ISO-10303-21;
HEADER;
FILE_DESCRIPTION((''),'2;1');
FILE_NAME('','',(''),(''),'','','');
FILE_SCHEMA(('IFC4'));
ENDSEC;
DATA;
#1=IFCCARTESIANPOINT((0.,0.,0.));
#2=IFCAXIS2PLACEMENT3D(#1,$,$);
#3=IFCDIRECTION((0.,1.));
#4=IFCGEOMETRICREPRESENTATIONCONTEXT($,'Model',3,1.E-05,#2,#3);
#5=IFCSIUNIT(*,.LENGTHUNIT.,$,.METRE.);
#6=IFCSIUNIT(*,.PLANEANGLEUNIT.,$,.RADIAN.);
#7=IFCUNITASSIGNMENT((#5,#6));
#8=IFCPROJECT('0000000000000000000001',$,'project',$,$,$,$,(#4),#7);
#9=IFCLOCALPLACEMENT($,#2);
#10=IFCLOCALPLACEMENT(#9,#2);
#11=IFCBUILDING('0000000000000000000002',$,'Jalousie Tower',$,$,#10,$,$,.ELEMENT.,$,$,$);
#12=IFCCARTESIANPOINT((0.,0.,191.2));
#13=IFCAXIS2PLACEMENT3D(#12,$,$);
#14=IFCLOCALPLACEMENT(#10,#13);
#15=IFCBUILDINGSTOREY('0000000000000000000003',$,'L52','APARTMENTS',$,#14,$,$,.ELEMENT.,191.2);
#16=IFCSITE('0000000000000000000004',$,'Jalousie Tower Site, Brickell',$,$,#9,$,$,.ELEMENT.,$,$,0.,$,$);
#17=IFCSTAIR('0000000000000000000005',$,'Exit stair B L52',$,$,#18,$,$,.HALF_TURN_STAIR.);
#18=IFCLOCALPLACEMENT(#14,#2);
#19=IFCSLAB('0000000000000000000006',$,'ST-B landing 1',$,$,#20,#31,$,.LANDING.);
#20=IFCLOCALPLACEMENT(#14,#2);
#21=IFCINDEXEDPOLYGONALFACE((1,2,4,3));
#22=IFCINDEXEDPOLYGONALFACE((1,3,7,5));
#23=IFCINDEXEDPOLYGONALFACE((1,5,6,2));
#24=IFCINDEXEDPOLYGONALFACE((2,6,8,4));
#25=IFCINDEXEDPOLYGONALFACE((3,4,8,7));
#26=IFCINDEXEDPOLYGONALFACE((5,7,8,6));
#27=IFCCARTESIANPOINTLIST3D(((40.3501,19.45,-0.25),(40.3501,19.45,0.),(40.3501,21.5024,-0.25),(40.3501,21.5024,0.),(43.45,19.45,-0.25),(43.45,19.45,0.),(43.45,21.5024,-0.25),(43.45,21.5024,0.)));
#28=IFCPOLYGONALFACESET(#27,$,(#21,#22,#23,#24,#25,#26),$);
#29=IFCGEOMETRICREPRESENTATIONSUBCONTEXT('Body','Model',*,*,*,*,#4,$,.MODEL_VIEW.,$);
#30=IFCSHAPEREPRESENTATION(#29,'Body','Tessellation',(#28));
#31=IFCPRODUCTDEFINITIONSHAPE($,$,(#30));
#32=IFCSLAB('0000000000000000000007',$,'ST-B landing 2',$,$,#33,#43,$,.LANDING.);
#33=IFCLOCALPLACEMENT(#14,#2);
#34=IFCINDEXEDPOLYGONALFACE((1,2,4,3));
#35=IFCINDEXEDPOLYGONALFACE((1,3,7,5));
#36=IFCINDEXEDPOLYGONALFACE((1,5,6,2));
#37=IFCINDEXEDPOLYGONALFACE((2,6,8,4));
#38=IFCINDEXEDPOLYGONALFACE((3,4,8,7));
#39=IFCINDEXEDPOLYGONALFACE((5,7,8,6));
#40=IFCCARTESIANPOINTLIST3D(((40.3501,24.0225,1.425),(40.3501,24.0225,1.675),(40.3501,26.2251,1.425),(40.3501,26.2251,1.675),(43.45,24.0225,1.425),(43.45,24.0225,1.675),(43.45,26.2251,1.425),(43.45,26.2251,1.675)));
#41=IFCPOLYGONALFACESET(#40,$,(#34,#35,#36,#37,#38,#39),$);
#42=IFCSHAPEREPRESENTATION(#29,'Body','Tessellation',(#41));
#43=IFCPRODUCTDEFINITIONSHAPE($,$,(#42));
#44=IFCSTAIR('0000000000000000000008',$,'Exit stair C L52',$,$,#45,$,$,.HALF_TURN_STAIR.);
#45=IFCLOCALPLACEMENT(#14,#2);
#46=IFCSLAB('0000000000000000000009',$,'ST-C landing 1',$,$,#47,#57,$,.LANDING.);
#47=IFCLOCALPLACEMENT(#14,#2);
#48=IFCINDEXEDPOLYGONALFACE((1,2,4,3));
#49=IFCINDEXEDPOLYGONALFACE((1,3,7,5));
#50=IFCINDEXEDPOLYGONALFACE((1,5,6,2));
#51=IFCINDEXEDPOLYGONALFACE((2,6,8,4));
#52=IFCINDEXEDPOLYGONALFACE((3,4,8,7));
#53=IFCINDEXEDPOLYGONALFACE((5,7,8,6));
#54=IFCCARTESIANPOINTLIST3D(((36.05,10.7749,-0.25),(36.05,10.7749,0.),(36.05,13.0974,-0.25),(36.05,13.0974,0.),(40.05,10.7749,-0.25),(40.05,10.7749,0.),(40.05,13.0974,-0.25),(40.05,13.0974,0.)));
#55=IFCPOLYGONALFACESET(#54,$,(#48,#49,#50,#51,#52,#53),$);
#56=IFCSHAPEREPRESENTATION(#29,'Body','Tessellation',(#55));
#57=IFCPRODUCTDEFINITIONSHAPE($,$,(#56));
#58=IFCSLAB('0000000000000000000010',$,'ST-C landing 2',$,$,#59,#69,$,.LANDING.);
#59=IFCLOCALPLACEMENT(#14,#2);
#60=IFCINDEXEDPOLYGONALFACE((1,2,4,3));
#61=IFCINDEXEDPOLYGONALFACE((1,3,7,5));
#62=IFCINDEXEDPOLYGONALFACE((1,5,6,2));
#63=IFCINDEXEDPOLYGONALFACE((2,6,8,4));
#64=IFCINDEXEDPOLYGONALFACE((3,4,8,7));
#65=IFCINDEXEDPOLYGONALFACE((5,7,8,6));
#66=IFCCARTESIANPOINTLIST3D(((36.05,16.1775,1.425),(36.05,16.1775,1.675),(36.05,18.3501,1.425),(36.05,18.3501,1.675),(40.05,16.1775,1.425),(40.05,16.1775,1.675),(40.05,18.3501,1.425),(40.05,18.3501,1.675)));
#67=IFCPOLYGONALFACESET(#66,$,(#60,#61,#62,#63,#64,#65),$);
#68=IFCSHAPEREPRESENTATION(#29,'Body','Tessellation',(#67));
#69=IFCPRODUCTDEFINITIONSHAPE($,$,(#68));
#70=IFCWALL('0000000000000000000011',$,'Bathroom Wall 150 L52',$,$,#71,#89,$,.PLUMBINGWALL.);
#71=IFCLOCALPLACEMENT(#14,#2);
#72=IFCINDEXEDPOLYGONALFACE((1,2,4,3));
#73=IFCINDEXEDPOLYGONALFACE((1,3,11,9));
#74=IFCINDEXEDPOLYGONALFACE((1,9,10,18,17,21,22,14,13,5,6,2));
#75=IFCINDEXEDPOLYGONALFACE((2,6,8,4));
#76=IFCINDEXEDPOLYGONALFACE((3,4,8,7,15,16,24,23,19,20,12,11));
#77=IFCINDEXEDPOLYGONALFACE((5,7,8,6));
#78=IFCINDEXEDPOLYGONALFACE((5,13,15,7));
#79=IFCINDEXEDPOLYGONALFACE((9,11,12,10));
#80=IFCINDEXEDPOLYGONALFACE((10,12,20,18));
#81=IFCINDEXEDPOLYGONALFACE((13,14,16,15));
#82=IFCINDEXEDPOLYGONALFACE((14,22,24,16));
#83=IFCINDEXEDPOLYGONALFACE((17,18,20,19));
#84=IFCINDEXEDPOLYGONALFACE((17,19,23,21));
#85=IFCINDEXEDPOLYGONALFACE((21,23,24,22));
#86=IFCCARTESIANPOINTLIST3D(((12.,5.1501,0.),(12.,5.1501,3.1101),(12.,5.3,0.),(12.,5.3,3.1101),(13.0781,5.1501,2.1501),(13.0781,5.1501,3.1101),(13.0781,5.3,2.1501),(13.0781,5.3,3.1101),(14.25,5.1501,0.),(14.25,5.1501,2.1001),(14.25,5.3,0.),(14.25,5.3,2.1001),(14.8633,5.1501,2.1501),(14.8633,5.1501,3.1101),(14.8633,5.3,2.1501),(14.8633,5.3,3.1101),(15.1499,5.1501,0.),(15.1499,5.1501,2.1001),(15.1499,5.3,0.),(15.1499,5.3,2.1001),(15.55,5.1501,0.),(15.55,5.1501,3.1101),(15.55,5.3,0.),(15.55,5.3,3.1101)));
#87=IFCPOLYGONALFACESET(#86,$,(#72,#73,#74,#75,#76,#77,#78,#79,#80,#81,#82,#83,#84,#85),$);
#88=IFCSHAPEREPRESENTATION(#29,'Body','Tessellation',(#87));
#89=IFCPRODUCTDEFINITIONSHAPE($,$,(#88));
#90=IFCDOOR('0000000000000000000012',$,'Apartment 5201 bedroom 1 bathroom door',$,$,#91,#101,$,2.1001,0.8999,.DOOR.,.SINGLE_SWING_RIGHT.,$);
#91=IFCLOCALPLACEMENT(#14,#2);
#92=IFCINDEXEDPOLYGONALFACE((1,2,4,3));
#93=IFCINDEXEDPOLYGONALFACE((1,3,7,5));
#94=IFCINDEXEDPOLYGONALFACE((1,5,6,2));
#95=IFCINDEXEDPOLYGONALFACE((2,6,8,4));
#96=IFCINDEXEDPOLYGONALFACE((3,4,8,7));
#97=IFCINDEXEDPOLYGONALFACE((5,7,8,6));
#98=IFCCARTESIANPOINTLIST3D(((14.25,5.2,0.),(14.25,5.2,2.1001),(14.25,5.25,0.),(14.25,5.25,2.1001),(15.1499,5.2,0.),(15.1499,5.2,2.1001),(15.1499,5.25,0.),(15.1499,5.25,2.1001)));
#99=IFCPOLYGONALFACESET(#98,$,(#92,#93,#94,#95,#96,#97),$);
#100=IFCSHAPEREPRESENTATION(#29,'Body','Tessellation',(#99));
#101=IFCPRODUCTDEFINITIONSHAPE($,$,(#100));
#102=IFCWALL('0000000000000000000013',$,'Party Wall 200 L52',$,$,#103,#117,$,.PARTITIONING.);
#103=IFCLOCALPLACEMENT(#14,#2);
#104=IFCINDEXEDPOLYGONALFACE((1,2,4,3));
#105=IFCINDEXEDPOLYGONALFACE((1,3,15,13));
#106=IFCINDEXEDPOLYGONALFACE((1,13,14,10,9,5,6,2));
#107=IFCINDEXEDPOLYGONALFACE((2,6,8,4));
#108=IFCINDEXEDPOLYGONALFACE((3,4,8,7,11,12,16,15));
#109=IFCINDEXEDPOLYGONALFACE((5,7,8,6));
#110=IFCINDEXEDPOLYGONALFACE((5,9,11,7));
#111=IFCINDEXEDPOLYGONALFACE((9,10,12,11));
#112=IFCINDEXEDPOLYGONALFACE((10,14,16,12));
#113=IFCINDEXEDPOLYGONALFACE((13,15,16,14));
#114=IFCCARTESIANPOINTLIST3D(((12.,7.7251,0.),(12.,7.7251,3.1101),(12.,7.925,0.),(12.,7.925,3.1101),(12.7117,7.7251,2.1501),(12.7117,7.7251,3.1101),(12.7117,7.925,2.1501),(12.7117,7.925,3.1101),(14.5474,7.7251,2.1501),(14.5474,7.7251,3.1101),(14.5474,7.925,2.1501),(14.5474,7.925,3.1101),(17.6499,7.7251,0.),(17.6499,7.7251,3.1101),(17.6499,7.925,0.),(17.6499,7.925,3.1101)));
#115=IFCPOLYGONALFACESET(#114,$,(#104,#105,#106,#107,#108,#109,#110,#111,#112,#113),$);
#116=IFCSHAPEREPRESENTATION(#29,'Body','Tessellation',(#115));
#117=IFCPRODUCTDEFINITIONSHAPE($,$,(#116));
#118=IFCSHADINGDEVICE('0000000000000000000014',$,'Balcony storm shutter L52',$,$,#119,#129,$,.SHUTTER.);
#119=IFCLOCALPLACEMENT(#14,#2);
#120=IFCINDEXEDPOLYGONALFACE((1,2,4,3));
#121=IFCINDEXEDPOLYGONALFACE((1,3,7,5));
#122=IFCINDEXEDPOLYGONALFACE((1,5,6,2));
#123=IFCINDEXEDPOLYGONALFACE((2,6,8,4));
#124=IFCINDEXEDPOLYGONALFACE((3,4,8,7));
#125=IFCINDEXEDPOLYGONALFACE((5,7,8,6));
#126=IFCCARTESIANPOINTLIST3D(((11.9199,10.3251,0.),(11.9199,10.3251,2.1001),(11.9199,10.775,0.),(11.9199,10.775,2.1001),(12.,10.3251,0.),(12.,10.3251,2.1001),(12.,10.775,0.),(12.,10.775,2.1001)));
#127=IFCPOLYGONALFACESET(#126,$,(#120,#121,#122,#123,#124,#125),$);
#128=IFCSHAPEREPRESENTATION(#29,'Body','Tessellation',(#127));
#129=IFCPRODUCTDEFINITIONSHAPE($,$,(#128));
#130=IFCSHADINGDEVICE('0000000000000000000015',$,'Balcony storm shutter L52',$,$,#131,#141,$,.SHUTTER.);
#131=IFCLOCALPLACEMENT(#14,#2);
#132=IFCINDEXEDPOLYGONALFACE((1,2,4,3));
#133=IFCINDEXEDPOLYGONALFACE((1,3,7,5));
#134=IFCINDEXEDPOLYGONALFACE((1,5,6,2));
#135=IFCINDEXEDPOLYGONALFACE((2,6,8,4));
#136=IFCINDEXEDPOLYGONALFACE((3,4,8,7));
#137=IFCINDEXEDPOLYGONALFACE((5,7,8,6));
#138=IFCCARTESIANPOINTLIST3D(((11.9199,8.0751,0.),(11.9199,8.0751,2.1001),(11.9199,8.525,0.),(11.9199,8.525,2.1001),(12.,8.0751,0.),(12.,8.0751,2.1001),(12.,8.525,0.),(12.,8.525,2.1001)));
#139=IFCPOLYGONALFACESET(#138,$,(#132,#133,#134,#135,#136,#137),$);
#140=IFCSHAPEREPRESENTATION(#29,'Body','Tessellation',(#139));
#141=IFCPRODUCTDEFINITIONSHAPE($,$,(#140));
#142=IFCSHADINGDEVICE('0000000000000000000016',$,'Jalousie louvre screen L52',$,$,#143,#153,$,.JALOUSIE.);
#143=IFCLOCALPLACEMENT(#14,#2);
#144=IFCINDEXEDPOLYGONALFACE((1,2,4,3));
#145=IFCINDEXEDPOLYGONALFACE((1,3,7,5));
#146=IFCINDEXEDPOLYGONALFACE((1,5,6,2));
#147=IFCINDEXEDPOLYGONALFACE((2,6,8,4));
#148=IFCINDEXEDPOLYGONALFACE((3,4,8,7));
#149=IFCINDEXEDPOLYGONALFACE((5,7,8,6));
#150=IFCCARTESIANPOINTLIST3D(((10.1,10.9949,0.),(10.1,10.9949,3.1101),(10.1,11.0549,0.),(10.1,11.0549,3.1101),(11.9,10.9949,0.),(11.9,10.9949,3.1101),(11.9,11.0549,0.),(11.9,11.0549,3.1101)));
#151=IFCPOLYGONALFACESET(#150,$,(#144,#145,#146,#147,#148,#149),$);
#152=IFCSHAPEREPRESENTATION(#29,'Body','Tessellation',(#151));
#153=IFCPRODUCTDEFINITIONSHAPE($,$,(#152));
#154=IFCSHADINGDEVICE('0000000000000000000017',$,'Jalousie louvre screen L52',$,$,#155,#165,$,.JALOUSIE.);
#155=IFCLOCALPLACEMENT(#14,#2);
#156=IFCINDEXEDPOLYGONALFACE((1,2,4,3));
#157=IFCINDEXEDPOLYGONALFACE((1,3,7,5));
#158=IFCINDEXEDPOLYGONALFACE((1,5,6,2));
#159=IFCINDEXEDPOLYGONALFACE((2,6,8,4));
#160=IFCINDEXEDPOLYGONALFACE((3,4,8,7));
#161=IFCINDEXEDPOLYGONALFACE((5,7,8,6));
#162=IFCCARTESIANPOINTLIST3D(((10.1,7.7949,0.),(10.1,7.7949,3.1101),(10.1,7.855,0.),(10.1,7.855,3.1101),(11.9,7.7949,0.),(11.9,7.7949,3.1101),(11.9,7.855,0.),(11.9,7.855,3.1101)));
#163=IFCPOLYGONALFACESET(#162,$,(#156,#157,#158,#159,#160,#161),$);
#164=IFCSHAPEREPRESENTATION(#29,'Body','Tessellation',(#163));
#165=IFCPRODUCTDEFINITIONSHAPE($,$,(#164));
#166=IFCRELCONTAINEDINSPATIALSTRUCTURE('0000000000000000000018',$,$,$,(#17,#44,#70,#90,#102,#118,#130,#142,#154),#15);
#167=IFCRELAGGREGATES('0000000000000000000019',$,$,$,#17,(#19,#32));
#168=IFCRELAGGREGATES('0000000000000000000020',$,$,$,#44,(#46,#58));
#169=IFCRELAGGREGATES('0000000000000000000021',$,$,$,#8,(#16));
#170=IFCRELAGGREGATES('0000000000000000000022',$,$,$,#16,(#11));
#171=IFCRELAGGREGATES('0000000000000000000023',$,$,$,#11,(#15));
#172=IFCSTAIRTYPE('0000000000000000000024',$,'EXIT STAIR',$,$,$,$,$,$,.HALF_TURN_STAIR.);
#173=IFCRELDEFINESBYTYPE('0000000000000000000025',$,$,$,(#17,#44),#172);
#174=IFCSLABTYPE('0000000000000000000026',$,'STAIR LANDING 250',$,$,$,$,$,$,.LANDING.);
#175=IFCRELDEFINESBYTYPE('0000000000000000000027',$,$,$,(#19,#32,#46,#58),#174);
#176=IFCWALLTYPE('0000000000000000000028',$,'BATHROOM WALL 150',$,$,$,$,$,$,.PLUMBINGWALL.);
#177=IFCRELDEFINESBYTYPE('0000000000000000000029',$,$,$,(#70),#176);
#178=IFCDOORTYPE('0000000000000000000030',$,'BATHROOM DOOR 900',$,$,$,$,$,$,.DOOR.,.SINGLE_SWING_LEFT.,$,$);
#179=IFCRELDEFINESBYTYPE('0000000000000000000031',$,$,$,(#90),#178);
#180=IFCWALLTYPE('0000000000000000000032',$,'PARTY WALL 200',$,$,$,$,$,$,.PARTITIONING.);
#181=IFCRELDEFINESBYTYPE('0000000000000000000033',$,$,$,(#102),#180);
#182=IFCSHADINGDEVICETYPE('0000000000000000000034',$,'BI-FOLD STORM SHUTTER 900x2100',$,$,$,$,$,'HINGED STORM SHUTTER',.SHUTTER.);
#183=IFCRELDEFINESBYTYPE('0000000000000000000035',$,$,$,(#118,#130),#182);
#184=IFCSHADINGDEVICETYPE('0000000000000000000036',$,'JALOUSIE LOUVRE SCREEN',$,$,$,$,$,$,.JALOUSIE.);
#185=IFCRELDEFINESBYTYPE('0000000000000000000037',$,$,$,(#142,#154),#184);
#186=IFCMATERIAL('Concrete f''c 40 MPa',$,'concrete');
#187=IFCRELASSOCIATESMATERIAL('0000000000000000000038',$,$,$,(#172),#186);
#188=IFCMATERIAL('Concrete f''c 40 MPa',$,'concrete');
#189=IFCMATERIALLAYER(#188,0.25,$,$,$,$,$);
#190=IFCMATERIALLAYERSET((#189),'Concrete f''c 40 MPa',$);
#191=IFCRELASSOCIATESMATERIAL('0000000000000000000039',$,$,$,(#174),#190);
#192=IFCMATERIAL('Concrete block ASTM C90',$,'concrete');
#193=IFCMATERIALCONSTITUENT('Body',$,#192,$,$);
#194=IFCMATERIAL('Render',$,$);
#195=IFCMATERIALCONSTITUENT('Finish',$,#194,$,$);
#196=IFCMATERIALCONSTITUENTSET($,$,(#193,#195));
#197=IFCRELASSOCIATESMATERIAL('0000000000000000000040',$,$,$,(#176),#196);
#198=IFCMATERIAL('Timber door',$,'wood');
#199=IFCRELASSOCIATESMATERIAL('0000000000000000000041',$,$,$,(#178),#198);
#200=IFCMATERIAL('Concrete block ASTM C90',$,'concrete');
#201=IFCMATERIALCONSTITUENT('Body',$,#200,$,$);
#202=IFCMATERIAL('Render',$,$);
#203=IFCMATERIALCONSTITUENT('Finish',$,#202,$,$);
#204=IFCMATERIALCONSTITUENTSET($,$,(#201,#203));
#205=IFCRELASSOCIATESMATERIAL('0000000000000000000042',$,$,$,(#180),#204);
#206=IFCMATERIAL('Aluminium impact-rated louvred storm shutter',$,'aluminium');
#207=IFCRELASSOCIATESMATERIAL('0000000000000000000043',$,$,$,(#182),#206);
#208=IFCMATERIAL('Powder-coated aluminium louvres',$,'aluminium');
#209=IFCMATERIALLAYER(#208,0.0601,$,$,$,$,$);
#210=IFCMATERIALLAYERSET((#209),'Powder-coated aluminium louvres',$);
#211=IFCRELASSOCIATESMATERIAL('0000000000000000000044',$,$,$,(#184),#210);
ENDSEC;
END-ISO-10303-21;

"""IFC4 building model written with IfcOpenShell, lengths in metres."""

from ifc_helpers import new_model, si_unit, direction, frame, frame_2d, origin, origin_2d, place, context, subcontext, project, spatial, polyline, rectangle, outline, extrude, material, layer, layer_set, constituent, constituent_set, type_object, element, fill, aggregate, save


model = new_model("IFC4")

# Units and contexts
model_context = context("Model", 3, precision=1e-05, world=origin(), true_north=direction((0.0, 1.0)))
body_context = subcontext(model_context, "Body", "Model", "MODEL_VIEW")
ifc_project = project(units=[si_unit("LENGTHUNIT", "METRE"), si_unit("PLANEANGLEUNIT", "RADIAN")], contexts=[model_context])

# Site, building, storey
site_placement = place(None, origin())
site = spatial("IfcSite", under=ifc_project, at=site_placement, Name="Jalousie Tower Site, Brickell", CompositionType="ELEMENT", RefElevation=0.0)
building_placement = place(site_placement, origin())
building = spatial("IfcBuilding", under=site, at=building_placement, Name="Jalousie Tower", CompositionType="ELEMENT")
storey_placement = place(building_placement, frame((0.0, 0.0, 191.2)))
storey = spatial("IfcBuildingStorey", under=building, at=storey_placement, Name="L52", Description="APARTMENTS", CompositionType="ELEMENT", Elevation=191.2)

# Stairs, slabs
ifc_material_1 = material(Name="Concrete f'c 40 MPa", Category="concrete")
stair_type = type_object("IfcStairType", Name="EXIT STAIR", PredefinedType="HALF_TURN_STAIR", material=ifc_material_1)
ifc_material_2 = material(Name="Concrete f'c 40 MPa", Category="concrete")
ifc_layer_1 = layer(ifc_material_2, 0.25)
ifc_layer_set_1 = layer_set([ifc_layer_1], Name="Concrete f'c 40 MPa")
slab_type_1 = type_object("IfcSlabType", Name="STAIR LANDING 250", PredefinedType="LANDING", material=ifc_layer_set_1)
stair_1_placement = place(storey_placement, origin())
stair_1 = element("IfcStair", 1, at=stair_1_placement, inside=storey, type_object=stair_type, Name="Exit stair B L52", PredefinedType="HALF_TURN_STAIR")
slab_1_placement = place(storey_placement, frame((0.0, 0.0, -0.25)))
slab_1 = element("IfcSlab", 2, at=slab_1_placement, type_object=slab_type_1, Name="ST-B landing 1", PredefinedType="LANDING", context=body_context, shape_type="SweptSolid", body=[
    extrude(outline(polyline([(40.3501, 19.45), (43.45, 19.45), (43.45, 21.5024), (40.3501, 21.5024), (40.3501, 19.45)])), origin(), (0.0, 0.0, 1.0), 0.25),
])
slab_2_placement = place(storey_placement, frame((0.0, 0.0, 1.425)))
slab_2 = element("IfcSlab", 3, at=slab_2_placement, type_object=slab_type_1, Name="ST-B landing 2", PredefinedType="LANDING", context=body_context, shape_type="SweptSolid", body=[
    extrude(outline(polyline([(40.3501, 24.0225), (43.45, 24.0225), (43.45, 26.2251), (40.3501, 26.2251), (40.3501, 24.0225)])), origin(), (0.0, 0.0, 1.0), 0.25),
])
aggregate(stair_1, [slab_1, slab_2])
stair_2_placement = place(storey_placement, origin())
stair_2 = element("IfcStair", 4, at=stair_2_placement, inside=storey, type_object=stair_type, Name="Exit stair C L52", PredefinedType="HALF_TURN_STAIR")
slab_3_placement = place(storey_placement, frame((0.0, 0.0, -0.25)))
slab_3 = element("IfcSlab", 5, at=slab_3_placement, type_object=slab_type_1, Name="ST-C landing 1", PredefinedType="LANDING", context=body_context, shape_type="SweptSolid", body=[
    extrude(outline(polyline([(36.05, 10.7749), (40.05, 10.7749), (40.05, 13.0974), (36.05, 13.0974), (36.05, 10.7749)])), origin(), (0.0, 0.0, 1.0), 0.25),
])
slab_4_placement = place(storey_placement, frame((0.0, 0.0, 1.425)))
slab_4 = element("IfcSlab", 6, at=slab_4_placement, type_object=slab_type_1, Name="ST-C landing 2", PredefinedType="LANDING", context=body_context, shape_type="SweptSolid", body=[
    extrude(outline(polyline([(36.05, 16.1775), (40.05, 16.1775), (40.05, 18.3501), (36.05, 18.3501), (36.05, 16.1775)])), origin(), (0.0, 0.0, 1.0), 0.25),
])
aggregate(stair_2, [slab_3, slab_4])

# Wall, opening, door
ifc_material_3 = material(Name="Concrete block ASTM C90", Category="concrete")
ifc_constituent_1 = constituent(ifc_material_3, Name="Body")
ifc_material_4 = material(Name="Render")
ifc_constituent_2 = constituent(ifc_material_4, Name="Finish")
ifc_constituent_set_1 = constituent_set(constituents=[ifc_constituent_1, ifc_constituent_2])
wall_type_1 = type_object("IfcWallType", Name="BATHROOM WALL 150", PredefinedType="PLUMBINGWALL", material=ifc_constituent_set_1)
wall_1_placement = place(storey_placement, frame((12.0, 5.2251, 0.0), z_axis=(0.0, 0.0, 1.0), x_axis=(1.0, 0.0, 0.0)))
wall_1 = element("IfcWall", 7, at=wall_1_placement, inside=storey, type_object=wall_type_1, Name="Bathroom Wall 150 L52", PredefinedType="PLUMBINGWALL", context=body_context, shape_type="SweptSolid", body=[
    extrude(outline(polyline([(0.0, 0.0), (3.55, 0.0), (3.55, 3.1101), (2.8633, 3.1101), (2.8633, 2.1501), (1.0781, 2.1501), (1.0781, 3.1101), (0.0, 3.1101), (0.0, 0.0)])), frame((0.0, 0.075, 0.0), z_axis=(0.0, -1.0, 0.0), x_axis=(1.0, 0.0, 0.0)), (0.0, 0.0, 1.0), 0.1499),
])
opening_placement = place(wall_1_placement, frame((2.25, 0.0, 0.0)))
opening = element("IfcOpeningElement", 8, at=opening_placement, cuts=wall_1, PredefinedType="OPENING", context=body_context, shape_type="SweptSolid", body=[
    extrude(rectangle(XDim=0.8999, YDim=2.1001, at=frame_2d((0.45, 1.05))), frame((0.0, 0.085, 0.0), z_axis=(0.0, -1.0, 0.0), x_axis=(1.0, 0.0, 0.0)), (0.0, 0.0, 1.0), 0.1699),
])
ifc_material_5 = material(Name="Timber door", Category="wood")
door_type = type_object("IfcDoorType", Name="BATHROOM DOOR 900", OperationType="SINGLE_SWING_LEFT", PredefinedType="DOOR", material=ifc_material_5)
door_placement = place(opening_placement, origin())
door = element("IfcDoor", 9, at=door_placement, inside=storey, type_object=door_type, Name="Apartment 5201 bedroom 1 bathroom door", OperationType="SINGLE_SWING_RIGHT", OverallHeight=2.1001, OverallWidth=0.8999, PredefinedType="DOOR", context=body_context, shape_type="SweptSolid", body=[
    extrude(rectangle(XDim=0.8999, YDim=2.1001, at=frame_2d((0.45, 1.05))), frame((0.0, 0.0249, 0.0), z_axis=(0.0, -1.0, 0.0), x_axis=(1.0, 0.0, 0.0)), (0.0, 0.0, 1.0), 0.05),
])
fill(opening, door)

# Wall
ifc_material_6 = material(Name="Concrete block ASTM C90", Category="concrete")
ifc_constituent_3 = constituent(ifc_material_6, Name="Body")
ifc_material_7 = material(Name="Render")
ifc_constituent_4 = constituent(ifc_material_7, Name="Finish")
ifc_constituent_set_2 = constituent_set(constituents=[ifc_constituent_3, ifc_constituent_4])
wall_type_2 = type_object("IfcWallType", Name="PARTY WALL 200", PredefinedType="PARTITIONING", material=ifc_constituent_set_2)
wall_2_placement = place(storey_placement, frame((12.0, 7.825, 0.0), z_axis=(0.0, 0.0, 1.0), x_axis=(1.0, 0.0, 0.0)))
element("IfcWall", 10, at=wall_2_placement, inside=storey, type_object=wall_type_2, Name="Party Wall 200 L52", PredefinedType="PARTITIONING", context=body_context, shape_type="SweptSolid", body=[
    extrude(outline(polyline([(0.0, 0.0), (5.6499, 0.0), (5.6499, 3.1101), (2.5474, 3.1101), (2.5474, 2.1501), (0.7117, 2.1501), (0.7117, 3.1101), (0.0, 3.1101), (0.0, 0.0)])), frame((0.0, 0.1001, 0.0), z_axis=(0.0, -1.0, 0.0), x_axis=(1.0, 0.0, 0.0)), (0.0, 0.0, 1.0), 0.2),
])

# Shading devices
ifc_material_8 = material(Name="Aluminium impact-rated louvred storm shutter", Category="aluminium")
shading_device_type_1 = type_object("IfcShadingDeviceType", Name="BI-FOLD STORM SHUTTER 900x2100", ElementType="HINGED STORM SHUTTER", PredefinedType="SHUTTER", material=ifc_material_8)
for number, where, z_axis, x_axis, name in (
    (11, (11.96, 10.55, 0.0), (0.0, 0.0, 1.0), (0.0, -1.0, 0.0), "Balcony storm shutter L52"),
    (12, (11.96, 8.3, 0.0), (0.0, 0.0, 1.0), (0.0, -1.0, 0.0), "Balcony storm shutter L52"),
):
    element("IfcShadingDevice", number, at=place(storey_placement, frame(where, z_axis=z_axis, x_axis=x_axis)), inside=storey, type_object=shading_device_type_1, Name=name, PredefinedType="SHUTTER", context=body_context, shape_type="SweptSolid", body=[
        extrude(rectangle(XDim=0.45, YDim=0.0801, at=origin_2d()), origin(), (0.0, 0.0, 1.0), 2.1001),
    ])

# Shading devices
ifc_material_9 = material(Name="Powder-coated aluminium louvres", Category="aluminium")
ifc_layer_2 = layer(ifc_material_9, 0.0601)
ifc_layer_set_2 = layer_set([ifc_layer_2], Name="Powder-coated aluminium louvres")
shading_device_type_2 = type_object("IfcShadingDeviceType", Name="JALOUSIE LOUVRE SCREEN", PredefinedType="JALOUSIE", material=ifc_layer_set_2)
for number, where, z_axis, x_axis, name in (
    (13, (11.0, 11.0249, 0.0), (0.0, 0.0, 1.0), (0.0, -1.0, 0.0), "Jalousie louvre screen L52"),
    (14, (11.0, 7.825, 0.0), (0.0, 0.0, 1.0), (0.0, -1.0, 0.0), "Jalousie louvre screen L52"),
):
    element("IfcShadingDevice", number, at=place(storey_placement, frame(where, z_axis=z_axis, x_axis=x_axis)), inside=storey, type_object=shading_device_type_2, Name=name, PredefinedType="JALOUSIE", context=body_context, shape_type="SweptSolid", body=[
        extrude(rectangle(XDim=0.0601, YDim=1.8, at=origin_2d()), origin(), (0.0, 0.0, 1.0), 3.1101),
    ])

save(model, "model.ifc")
